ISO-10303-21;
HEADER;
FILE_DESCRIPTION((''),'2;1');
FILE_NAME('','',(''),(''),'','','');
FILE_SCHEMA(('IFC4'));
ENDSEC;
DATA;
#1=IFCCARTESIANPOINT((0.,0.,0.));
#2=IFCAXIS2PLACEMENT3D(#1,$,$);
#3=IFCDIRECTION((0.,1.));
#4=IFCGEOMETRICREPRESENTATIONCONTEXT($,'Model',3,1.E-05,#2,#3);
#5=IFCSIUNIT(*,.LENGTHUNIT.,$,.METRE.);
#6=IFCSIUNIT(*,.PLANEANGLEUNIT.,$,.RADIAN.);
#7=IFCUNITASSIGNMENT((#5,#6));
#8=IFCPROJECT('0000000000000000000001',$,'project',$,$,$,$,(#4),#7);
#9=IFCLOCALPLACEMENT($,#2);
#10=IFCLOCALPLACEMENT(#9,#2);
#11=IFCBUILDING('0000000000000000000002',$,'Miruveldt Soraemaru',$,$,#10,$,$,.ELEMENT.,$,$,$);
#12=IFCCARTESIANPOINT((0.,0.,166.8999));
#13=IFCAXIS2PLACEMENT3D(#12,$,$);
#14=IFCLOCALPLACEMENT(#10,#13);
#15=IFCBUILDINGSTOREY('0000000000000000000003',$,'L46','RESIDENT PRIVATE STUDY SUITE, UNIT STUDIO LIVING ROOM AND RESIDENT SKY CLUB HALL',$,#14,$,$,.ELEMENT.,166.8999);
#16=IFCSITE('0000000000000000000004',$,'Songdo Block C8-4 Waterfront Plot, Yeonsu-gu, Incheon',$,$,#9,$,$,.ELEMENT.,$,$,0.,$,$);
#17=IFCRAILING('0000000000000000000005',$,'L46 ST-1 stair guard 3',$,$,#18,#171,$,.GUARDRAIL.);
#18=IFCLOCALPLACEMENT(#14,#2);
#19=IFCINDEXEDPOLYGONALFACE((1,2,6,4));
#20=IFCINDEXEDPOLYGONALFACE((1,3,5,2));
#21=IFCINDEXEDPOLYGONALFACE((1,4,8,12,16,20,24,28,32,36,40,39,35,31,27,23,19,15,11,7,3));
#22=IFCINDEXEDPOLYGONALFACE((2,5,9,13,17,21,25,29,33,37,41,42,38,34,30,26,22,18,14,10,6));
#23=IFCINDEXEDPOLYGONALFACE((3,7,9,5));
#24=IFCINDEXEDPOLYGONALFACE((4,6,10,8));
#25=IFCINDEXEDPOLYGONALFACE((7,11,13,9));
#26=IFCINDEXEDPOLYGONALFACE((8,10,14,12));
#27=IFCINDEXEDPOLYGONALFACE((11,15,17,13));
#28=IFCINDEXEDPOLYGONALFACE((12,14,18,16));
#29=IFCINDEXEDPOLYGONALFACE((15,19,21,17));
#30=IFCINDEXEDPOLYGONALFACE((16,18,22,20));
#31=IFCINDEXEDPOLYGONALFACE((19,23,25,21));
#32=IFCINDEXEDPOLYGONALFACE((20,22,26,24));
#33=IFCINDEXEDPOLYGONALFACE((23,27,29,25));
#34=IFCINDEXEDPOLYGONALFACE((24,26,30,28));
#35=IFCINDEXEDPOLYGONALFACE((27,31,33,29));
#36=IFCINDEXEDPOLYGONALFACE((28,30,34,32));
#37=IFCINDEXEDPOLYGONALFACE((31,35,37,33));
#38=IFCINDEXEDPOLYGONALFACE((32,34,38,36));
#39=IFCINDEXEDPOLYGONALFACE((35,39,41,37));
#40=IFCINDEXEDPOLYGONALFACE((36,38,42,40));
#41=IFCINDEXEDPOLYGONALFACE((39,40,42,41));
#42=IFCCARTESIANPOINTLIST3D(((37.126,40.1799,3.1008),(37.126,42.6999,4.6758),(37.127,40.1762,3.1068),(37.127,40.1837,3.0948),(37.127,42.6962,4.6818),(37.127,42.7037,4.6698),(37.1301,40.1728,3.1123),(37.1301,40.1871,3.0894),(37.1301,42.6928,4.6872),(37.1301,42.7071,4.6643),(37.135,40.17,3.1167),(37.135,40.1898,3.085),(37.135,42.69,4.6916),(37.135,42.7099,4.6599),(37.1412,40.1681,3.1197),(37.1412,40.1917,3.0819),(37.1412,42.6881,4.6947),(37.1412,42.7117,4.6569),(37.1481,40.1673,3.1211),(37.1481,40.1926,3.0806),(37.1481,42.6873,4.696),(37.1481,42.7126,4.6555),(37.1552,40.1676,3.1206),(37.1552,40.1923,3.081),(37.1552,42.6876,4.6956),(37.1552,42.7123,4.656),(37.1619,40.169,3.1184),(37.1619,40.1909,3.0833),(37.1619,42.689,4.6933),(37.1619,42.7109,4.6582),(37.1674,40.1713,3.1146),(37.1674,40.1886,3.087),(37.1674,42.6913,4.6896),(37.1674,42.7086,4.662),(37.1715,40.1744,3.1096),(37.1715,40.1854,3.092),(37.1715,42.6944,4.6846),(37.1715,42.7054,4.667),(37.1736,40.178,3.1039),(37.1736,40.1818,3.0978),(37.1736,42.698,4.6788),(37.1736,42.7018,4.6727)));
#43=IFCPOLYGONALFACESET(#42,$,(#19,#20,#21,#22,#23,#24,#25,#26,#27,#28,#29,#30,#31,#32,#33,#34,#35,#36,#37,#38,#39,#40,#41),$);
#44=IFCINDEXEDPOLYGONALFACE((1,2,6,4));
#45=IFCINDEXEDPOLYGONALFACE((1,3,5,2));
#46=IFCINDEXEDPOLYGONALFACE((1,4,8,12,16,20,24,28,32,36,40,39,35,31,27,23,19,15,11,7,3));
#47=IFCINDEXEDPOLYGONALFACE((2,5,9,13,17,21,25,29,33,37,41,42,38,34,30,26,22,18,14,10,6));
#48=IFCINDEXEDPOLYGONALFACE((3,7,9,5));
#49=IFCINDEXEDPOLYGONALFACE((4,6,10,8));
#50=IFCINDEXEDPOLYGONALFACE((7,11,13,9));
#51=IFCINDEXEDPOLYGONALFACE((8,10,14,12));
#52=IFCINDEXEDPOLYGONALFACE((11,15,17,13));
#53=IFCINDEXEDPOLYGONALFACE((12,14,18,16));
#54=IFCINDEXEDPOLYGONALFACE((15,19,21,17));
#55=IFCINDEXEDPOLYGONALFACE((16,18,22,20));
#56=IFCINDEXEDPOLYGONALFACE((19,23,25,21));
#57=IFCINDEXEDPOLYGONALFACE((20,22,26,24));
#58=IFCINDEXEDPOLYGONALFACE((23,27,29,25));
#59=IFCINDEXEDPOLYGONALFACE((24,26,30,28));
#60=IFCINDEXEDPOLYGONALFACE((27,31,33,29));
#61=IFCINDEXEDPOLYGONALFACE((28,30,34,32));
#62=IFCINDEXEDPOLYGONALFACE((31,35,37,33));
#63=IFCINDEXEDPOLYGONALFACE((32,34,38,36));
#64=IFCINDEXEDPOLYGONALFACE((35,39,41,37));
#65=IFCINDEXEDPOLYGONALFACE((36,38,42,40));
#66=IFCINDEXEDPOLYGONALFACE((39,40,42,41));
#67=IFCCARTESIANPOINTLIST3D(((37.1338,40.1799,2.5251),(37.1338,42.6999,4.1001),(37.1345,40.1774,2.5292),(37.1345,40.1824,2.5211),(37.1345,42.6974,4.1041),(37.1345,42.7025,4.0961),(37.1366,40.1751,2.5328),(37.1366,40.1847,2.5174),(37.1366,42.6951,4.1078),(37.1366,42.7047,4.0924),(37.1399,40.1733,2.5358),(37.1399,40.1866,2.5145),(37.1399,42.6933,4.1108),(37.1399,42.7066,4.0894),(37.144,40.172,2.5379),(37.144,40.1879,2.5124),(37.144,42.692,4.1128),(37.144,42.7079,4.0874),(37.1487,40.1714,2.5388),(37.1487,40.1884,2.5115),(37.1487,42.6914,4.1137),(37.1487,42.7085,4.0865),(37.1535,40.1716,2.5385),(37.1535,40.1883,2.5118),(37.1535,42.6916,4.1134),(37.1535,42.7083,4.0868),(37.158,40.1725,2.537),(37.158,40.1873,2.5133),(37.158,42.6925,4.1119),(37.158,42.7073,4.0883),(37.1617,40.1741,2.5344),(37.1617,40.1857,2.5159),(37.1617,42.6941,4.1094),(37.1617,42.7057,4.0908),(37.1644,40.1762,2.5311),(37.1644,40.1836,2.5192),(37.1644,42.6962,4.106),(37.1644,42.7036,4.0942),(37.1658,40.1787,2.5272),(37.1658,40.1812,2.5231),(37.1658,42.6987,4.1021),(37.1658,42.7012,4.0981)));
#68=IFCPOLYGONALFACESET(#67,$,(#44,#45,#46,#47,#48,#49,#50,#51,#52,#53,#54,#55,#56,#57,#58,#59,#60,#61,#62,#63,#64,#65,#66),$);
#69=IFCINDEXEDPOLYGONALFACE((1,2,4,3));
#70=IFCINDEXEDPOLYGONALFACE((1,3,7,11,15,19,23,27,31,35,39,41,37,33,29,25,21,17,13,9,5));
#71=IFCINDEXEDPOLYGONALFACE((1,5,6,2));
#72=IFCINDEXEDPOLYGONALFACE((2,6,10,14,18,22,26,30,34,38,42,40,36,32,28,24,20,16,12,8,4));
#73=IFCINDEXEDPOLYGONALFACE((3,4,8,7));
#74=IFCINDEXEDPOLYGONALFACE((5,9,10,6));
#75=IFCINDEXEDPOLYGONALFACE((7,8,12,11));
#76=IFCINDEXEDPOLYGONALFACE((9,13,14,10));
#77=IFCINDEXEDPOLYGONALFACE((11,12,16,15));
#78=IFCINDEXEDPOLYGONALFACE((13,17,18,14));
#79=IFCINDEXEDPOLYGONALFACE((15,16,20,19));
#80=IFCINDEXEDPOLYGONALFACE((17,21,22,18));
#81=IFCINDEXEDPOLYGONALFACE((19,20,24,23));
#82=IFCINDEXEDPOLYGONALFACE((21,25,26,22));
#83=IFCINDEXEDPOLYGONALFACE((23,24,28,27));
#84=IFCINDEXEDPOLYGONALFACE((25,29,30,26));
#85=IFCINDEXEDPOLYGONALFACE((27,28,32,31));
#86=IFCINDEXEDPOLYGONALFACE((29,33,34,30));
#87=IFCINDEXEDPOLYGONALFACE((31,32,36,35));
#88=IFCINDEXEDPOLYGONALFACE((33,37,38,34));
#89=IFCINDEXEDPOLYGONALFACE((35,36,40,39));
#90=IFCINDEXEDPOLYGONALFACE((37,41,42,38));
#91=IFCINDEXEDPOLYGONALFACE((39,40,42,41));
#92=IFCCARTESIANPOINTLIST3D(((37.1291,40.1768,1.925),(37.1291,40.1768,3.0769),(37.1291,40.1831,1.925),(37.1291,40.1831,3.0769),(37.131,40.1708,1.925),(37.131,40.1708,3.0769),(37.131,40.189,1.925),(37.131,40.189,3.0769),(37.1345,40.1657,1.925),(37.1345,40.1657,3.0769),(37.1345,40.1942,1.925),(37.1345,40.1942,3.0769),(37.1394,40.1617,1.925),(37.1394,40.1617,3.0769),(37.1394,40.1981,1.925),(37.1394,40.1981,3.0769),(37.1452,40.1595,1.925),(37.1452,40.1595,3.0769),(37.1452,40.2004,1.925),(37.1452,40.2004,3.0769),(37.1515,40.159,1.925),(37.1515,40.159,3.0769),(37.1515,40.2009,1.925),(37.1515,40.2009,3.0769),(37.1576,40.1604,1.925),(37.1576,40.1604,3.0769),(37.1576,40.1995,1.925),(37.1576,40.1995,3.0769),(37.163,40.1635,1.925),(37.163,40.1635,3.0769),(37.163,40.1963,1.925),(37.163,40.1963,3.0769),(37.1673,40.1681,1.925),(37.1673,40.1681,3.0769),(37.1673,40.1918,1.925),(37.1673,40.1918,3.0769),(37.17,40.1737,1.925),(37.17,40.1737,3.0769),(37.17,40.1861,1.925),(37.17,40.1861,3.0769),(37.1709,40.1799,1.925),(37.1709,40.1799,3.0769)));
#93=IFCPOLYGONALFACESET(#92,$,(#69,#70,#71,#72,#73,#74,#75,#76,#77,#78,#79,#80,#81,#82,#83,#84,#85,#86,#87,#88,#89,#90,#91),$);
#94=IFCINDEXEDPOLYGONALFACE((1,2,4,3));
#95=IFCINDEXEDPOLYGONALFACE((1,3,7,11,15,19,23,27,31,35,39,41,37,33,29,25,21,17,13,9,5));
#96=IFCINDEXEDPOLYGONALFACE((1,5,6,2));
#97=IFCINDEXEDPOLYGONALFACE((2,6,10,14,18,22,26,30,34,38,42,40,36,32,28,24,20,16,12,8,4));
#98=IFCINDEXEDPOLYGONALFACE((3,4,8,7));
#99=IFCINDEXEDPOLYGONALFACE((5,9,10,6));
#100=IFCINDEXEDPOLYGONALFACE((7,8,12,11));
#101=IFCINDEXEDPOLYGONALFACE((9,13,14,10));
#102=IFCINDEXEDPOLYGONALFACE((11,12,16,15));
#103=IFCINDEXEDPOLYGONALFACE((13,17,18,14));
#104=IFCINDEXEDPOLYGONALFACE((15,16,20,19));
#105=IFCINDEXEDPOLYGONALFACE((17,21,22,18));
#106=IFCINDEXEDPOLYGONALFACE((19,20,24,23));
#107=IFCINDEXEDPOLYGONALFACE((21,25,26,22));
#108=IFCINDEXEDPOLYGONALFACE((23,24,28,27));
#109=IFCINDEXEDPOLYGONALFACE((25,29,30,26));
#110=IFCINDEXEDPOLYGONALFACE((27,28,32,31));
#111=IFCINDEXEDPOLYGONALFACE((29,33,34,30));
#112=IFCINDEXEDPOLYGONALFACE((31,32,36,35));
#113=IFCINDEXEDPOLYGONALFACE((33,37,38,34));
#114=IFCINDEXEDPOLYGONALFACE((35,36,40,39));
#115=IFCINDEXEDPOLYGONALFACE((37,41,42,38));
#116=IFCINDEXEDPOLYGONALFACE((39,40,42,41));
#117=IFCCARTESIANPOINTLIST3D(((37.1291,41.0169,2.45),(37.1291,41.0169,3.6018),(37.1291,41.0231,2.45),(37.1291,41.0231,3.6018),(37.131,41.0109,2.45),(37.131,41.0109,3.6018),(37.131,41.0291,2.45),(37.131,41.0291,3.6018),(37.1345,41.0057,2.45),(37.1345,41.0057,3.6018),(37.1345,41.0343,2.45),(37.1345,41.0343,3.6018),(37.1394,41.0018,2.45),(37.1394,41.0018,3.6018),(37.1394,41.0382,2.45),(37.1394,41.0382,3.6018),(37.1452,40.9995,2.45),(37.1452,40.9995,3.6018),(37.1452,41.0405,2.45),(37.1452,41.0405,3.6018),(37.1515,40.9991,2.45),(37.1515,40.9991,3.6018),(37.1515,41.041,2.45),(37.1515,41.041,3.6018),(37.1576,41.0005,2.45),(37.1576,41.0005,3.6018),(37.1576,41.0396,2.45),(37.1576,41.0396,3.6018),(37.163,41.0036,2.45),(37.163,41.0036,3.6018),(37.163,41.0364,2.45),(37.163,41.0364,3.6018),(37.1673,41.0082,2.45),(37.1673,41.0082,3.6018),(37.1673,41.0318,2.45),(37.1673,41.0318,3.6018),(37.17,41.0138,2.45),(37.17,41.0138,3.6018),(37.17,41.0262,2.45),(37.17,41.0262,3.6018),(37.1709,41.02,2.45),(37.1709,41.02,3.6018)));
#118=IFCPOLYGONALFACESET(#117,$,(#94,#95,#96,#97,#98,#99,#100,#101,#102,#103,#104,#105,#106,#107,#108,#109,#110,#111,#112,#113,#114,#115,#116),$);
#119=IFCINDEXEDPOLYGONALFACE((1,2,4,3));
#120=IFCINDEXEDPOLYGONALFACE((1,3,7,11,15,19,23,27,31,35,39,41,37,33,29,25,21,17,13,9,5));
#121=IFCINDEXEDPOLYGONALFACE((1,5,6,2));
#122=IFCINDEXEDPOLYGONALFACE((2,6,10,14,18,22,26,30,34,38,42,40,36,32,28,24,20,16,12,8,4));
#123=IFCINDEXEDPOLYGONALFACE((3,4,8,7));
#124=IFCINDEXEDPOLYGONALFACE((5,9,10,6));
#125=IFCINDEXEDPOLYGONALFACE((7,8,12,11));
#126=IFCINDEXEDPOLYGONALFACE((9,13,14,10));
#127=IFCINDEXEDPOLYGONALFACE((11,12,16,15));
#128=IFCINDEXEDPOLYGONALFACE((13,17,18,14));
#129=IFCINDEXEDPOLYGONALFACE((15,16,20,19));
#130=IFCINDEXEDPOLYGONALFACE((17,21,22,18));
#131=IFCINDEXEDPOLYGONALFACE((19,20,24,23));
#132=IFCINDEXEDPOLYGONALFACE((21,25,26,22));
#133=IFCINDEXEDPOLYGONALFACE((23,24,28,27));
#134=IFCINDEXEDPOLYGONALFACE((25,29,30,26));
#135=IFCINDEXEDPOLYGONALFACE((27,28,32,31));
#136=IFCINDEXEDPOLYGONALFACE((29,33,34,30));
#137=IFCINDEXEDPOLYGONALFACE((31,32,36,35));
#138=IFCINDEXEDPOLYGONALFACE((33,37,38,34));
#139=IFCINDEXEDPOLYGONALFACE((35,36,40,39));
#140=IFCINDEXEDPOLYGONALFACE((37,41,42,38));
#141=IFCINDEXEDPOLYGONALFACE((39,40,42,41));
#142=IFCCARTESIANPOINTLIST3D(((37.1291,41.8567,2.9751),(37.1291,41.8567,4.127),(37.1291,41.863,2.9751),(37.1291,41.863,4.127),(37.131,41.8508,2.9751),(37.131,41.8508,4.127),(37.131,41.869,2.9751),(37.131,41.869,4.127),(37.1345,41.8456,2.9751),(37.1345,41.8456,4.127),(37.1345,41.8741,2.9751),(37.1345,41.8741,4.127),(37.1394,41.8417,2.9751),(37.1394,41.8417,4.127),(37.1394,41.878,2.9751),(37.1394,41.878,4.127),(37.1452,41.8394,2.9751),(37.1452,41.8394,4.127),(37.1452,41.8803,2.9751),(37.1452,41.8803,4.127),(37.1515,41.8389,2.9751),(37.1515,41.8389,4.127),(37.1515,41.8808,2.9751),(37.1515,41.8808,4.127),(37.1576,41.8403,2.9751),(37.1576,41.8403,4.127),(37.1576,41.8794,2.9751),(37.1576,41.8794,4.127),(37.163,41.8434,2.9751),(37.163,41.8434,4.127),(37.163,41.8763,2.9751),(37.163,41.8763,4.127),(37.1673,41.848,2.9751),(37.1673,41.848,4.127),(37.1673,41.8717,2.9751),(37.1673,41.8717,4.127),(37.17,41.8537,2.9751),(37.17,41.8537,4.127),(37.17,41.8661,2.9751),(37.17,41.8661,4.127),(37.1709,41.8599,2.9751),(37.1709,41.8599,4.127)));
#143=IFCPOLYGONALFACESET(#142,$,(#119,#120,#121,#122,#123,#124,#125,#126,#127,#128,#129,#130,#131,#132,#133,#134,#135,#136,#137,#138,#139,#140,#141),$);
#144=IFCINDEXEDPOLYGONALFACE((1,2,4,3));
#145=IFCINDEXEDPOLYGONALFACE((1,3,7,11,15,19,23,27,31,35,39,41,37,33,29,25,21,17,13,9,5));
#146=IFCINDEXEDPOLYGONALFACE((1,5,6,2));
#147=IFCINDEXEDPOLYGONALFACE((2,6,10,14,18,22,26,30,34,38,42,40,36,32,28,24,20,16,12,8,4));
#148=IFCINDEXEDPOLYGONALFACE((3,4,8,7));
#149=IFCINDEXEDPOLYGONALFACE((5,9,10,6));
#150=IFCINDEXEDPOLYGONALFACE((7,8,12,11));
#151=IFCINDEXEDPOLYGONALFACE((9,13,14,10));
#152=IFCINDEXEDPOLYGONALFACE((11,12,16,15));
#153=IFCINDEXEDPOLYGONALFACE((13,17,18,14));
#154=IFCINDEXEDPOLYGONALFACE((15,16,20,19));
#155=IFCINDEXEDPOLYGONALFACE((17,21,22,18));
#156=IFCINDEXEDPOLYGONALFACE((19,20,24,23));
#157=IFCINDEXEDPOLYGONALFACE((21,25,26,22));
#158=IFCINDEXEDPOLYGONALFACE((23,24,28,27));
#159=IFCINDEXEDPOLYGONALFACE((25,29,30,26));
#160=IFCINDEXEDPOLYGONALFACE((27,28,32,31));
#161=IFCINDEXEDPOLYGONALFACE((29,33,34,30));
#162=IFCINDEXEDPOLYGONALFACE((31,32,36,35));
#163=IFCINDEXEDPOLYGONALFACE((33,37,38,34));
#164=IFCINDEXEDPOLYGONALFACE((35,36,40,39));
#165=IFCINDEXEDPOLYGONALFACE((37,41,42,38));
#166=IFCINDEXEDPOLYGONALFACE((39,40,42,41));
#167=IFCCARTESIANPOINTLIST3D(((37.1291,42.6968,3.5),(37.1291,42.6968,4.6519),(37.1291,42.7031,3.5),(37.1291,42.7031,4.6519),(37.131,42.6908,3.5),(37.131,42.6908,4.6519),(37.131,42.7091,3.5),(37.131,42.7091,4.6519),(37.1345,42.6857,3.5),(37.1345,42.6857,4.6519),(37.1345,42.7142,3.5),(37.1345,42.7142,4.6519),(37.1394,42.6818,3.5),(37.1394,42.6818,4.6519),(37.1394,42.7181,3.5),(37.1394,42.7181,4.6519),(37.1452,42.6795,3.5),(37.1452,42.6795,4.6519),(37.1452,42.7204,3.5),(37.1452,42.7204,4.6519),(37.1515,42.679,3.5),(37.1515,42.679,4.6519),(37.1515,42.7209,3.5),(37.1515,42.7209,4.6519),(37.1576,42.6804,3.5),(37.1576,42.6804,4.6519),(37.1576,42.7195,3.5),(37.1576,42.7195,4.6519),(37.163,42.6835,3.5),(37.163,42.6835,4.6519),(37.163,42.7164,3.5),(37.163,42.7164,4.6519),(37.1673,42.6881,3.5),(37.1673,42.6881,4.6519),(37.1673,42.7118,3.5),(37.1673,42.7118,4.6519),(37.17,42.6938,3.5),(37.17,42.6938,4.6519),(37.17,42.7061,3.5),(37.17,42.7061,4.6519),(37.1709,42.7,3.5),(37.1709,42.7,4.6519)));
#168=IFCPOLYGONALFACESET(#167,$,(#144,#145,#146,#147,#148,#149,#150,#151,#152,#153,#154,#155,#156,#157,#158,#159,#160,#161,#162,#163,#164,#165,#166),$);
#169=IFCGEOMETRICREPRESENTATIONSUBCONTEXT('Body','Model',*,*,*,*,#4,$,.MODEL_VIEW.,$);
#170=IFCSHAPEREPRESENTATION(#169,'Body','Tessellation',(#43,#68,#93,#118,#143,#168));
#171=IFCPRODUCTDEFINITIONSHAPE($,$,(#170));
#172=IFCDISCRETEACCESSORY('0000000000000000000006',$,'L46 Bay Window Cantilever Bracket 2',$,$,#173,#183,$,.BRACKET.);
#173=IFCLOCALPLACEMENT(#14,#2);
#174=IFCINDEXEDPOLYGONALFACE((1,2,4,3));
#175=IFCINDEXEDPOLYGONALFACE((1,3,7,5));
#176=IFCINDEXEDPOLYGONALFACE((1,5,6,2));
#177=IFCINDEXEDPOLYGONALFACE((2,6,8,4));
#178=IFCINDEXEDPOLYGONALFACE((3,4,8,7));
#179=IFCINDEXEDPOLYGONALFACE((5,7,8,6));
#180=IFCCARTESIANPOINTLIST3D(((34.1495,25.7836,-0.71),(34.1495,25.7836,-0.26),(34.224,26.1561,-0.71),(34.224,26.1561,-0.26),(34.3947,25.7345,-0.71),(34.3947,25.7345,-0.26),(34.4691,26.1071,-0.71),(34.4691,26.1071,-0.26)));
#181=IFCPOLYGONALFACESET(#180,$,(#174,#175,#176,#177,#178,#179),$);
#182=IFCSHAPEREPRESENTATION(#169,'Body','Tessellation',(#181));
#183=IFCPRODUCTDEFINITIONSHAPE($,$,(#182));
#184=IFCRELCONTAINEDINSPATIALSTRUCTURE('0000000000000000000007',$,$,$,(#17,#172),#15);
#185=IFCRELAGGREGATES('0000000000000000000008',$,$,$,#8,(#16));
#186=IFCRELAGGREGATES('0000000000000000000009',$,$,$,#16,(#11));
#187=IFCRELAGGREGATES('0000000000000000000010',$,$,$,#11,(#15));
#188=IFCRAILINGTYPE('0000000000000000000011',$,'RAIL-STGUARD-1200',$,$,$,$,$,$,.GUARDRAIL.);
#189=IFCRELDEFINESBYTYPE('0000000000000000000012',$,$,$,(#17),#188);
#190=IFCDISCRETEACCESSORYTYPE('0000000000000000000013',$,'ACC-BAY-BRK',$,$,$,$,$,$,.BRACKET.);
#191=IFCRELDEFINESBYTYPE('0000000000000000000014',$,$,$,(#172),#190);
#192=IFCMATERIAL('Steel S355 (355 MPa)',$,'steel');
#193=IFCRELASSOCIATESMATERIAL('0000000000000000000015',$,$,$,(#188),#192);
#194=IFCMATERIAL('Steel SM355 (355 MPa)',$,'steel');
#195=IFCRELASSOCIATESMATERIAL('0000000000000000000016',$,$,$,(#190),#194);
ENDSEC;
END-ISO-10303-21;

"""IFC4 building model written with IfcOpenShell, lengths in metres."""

from ifc_helpers import new_model, si_unit, direction, frame, origin, origin_2d, place, context, subcontext, project, spatial, rectangle, circle, extrude, material, type_object, element, save


model = new_model("IFC4")

# Units and contexts
model_context = context("Model", 3, precision=1e-05, world=origin(), true_north=direction((0.0, 1.0)))
body_context = subcontext(model_context, "Body", "Model", "MODEL_VIEW")
ifc_project = project(units=[si_unit("LENGTHUNIT", "METRE"), si_unit("PLANEANGLEUNIT", "RADIAN")], contexts=[model_context])

# Site, building, storey
site_placement = place(None, origin())
site = spatial("IfcSite", under=ifc_project, at=site_placement, Name="Songdo Block C8-4 Waterfront Plot, Yeonsu-gu, Incheon", CompositionType="ELEMENT", RefElevation=0.0)
building_placement = place(site_placement, origin())
building = spatial("IfcBuilding", under=site, at=building_placement, Name="Miruveldt Soraemaru", CompositionType="ELEMENT")
storey_placement = place(building_placement, frame((0.0, 0.0, 166.8999)))
storey = spatial("IfcBuildingStorey", under=building, at=storey_placement, Name="L46", Description="RESIDENT PRIVATE STUDY SUITE, UNIT STUDIO LIVING ROOM AND RESIDENT SKY CLUB HALL", CompositionType="ELEMENT", Elevation=166.8999)

# Shared definitions
ifc_material_1 = material(Name="Steel SM355 (355 MPa)", Category="steel")

# Railing
ifc_material_2 = material(Name="Steel S355 (355 MPa)", Category="steel")
railing_type_1 = type_object("IfcRailingType", Name="RAIL-STGUARD-1200", PredefinedType="GUARDRAIL", material=ifc_material_2)
railing_1_placement = place(storey_placement, frame((37.1499, 40.1799, 1.925)))
element("IfcRailing", 1, at=railing_1_placement, inside=storey, type_object=railing_type_1, Name="L46 ST-1 stair guard 3", PredefinedType="GUARDRAIL", context=body_context, shape_type="SweptSolid", body=[
    extrude(circle(Radius=0.0239, at=origin_2d()), frame((0.0, 0.0, 1.1758), z_axis=(0.0, 0.848008, 0.529984), x_axis=(-1.0, 0.0, 0.0)), (0.0, 0.0, 1.0), 2.9717),
    extrude(circle(Radius=0.0161, at=origin_2d()), frame((0.0, 0.0, 0.6001), z_axis=(0.0, 0.848008, 0.529984), x_axis=(-1.0, 0.0, 0.0)), (0.0, 0.0, 1.0), 2.9717),
    extrude(circle(Radius=0.021, at=origin_2d()), origin(), (0.0, 0.0, 1.0), 1.1519),
    extrude(circle(Radius=0.021, at=origin_2d()), frame((0.0, 0.8401, 0.5249)), (0.0, 0.0, 1.0), 1.1519),
    extrude(circle(Radius=0.021, at=origin_2d()), frame((0.0, 1.6799, 1.05)), (0.0, 0.0, 1.0), 1.1519),
    extrude(circle(Radius=0.021, at=origin_2d()), frame((0.0, 2.52, 1.575)), (0.0, 0.0, 1.0), 1.1519),
])

# Discrete accessory
discrete_accessory_type = type_object("IfcDiscreteAccessoryType", Name="ACC-BAY-BRK", PredefinedType="BRACKET", material=ifc_material_1)
discrete_accessory_placement = place(storey_placement, frame((34.3093, 25.9453, -0.71), z_axis=(0.0, 0.0, 1.0), x_axis=(-0.1961, -0.980584, 0.0)))
element("IfcDiscreteAccessory", 2, at=discrete_accessory_placement, inside=storey, type_object=discrete_accessory_type, Name="L46 Bay Window Cantilever Bracket 2", PredefinedType="BRACKET", context=body_context, shape_type="SweptSolid", body=[
    extrude(rectangle(XDim=0.3799, YDim=0.25, at=origin_2d()), origin(), (0.0, 0.0, 1.0), 0.45),
])

save(model, "model.ifc")
